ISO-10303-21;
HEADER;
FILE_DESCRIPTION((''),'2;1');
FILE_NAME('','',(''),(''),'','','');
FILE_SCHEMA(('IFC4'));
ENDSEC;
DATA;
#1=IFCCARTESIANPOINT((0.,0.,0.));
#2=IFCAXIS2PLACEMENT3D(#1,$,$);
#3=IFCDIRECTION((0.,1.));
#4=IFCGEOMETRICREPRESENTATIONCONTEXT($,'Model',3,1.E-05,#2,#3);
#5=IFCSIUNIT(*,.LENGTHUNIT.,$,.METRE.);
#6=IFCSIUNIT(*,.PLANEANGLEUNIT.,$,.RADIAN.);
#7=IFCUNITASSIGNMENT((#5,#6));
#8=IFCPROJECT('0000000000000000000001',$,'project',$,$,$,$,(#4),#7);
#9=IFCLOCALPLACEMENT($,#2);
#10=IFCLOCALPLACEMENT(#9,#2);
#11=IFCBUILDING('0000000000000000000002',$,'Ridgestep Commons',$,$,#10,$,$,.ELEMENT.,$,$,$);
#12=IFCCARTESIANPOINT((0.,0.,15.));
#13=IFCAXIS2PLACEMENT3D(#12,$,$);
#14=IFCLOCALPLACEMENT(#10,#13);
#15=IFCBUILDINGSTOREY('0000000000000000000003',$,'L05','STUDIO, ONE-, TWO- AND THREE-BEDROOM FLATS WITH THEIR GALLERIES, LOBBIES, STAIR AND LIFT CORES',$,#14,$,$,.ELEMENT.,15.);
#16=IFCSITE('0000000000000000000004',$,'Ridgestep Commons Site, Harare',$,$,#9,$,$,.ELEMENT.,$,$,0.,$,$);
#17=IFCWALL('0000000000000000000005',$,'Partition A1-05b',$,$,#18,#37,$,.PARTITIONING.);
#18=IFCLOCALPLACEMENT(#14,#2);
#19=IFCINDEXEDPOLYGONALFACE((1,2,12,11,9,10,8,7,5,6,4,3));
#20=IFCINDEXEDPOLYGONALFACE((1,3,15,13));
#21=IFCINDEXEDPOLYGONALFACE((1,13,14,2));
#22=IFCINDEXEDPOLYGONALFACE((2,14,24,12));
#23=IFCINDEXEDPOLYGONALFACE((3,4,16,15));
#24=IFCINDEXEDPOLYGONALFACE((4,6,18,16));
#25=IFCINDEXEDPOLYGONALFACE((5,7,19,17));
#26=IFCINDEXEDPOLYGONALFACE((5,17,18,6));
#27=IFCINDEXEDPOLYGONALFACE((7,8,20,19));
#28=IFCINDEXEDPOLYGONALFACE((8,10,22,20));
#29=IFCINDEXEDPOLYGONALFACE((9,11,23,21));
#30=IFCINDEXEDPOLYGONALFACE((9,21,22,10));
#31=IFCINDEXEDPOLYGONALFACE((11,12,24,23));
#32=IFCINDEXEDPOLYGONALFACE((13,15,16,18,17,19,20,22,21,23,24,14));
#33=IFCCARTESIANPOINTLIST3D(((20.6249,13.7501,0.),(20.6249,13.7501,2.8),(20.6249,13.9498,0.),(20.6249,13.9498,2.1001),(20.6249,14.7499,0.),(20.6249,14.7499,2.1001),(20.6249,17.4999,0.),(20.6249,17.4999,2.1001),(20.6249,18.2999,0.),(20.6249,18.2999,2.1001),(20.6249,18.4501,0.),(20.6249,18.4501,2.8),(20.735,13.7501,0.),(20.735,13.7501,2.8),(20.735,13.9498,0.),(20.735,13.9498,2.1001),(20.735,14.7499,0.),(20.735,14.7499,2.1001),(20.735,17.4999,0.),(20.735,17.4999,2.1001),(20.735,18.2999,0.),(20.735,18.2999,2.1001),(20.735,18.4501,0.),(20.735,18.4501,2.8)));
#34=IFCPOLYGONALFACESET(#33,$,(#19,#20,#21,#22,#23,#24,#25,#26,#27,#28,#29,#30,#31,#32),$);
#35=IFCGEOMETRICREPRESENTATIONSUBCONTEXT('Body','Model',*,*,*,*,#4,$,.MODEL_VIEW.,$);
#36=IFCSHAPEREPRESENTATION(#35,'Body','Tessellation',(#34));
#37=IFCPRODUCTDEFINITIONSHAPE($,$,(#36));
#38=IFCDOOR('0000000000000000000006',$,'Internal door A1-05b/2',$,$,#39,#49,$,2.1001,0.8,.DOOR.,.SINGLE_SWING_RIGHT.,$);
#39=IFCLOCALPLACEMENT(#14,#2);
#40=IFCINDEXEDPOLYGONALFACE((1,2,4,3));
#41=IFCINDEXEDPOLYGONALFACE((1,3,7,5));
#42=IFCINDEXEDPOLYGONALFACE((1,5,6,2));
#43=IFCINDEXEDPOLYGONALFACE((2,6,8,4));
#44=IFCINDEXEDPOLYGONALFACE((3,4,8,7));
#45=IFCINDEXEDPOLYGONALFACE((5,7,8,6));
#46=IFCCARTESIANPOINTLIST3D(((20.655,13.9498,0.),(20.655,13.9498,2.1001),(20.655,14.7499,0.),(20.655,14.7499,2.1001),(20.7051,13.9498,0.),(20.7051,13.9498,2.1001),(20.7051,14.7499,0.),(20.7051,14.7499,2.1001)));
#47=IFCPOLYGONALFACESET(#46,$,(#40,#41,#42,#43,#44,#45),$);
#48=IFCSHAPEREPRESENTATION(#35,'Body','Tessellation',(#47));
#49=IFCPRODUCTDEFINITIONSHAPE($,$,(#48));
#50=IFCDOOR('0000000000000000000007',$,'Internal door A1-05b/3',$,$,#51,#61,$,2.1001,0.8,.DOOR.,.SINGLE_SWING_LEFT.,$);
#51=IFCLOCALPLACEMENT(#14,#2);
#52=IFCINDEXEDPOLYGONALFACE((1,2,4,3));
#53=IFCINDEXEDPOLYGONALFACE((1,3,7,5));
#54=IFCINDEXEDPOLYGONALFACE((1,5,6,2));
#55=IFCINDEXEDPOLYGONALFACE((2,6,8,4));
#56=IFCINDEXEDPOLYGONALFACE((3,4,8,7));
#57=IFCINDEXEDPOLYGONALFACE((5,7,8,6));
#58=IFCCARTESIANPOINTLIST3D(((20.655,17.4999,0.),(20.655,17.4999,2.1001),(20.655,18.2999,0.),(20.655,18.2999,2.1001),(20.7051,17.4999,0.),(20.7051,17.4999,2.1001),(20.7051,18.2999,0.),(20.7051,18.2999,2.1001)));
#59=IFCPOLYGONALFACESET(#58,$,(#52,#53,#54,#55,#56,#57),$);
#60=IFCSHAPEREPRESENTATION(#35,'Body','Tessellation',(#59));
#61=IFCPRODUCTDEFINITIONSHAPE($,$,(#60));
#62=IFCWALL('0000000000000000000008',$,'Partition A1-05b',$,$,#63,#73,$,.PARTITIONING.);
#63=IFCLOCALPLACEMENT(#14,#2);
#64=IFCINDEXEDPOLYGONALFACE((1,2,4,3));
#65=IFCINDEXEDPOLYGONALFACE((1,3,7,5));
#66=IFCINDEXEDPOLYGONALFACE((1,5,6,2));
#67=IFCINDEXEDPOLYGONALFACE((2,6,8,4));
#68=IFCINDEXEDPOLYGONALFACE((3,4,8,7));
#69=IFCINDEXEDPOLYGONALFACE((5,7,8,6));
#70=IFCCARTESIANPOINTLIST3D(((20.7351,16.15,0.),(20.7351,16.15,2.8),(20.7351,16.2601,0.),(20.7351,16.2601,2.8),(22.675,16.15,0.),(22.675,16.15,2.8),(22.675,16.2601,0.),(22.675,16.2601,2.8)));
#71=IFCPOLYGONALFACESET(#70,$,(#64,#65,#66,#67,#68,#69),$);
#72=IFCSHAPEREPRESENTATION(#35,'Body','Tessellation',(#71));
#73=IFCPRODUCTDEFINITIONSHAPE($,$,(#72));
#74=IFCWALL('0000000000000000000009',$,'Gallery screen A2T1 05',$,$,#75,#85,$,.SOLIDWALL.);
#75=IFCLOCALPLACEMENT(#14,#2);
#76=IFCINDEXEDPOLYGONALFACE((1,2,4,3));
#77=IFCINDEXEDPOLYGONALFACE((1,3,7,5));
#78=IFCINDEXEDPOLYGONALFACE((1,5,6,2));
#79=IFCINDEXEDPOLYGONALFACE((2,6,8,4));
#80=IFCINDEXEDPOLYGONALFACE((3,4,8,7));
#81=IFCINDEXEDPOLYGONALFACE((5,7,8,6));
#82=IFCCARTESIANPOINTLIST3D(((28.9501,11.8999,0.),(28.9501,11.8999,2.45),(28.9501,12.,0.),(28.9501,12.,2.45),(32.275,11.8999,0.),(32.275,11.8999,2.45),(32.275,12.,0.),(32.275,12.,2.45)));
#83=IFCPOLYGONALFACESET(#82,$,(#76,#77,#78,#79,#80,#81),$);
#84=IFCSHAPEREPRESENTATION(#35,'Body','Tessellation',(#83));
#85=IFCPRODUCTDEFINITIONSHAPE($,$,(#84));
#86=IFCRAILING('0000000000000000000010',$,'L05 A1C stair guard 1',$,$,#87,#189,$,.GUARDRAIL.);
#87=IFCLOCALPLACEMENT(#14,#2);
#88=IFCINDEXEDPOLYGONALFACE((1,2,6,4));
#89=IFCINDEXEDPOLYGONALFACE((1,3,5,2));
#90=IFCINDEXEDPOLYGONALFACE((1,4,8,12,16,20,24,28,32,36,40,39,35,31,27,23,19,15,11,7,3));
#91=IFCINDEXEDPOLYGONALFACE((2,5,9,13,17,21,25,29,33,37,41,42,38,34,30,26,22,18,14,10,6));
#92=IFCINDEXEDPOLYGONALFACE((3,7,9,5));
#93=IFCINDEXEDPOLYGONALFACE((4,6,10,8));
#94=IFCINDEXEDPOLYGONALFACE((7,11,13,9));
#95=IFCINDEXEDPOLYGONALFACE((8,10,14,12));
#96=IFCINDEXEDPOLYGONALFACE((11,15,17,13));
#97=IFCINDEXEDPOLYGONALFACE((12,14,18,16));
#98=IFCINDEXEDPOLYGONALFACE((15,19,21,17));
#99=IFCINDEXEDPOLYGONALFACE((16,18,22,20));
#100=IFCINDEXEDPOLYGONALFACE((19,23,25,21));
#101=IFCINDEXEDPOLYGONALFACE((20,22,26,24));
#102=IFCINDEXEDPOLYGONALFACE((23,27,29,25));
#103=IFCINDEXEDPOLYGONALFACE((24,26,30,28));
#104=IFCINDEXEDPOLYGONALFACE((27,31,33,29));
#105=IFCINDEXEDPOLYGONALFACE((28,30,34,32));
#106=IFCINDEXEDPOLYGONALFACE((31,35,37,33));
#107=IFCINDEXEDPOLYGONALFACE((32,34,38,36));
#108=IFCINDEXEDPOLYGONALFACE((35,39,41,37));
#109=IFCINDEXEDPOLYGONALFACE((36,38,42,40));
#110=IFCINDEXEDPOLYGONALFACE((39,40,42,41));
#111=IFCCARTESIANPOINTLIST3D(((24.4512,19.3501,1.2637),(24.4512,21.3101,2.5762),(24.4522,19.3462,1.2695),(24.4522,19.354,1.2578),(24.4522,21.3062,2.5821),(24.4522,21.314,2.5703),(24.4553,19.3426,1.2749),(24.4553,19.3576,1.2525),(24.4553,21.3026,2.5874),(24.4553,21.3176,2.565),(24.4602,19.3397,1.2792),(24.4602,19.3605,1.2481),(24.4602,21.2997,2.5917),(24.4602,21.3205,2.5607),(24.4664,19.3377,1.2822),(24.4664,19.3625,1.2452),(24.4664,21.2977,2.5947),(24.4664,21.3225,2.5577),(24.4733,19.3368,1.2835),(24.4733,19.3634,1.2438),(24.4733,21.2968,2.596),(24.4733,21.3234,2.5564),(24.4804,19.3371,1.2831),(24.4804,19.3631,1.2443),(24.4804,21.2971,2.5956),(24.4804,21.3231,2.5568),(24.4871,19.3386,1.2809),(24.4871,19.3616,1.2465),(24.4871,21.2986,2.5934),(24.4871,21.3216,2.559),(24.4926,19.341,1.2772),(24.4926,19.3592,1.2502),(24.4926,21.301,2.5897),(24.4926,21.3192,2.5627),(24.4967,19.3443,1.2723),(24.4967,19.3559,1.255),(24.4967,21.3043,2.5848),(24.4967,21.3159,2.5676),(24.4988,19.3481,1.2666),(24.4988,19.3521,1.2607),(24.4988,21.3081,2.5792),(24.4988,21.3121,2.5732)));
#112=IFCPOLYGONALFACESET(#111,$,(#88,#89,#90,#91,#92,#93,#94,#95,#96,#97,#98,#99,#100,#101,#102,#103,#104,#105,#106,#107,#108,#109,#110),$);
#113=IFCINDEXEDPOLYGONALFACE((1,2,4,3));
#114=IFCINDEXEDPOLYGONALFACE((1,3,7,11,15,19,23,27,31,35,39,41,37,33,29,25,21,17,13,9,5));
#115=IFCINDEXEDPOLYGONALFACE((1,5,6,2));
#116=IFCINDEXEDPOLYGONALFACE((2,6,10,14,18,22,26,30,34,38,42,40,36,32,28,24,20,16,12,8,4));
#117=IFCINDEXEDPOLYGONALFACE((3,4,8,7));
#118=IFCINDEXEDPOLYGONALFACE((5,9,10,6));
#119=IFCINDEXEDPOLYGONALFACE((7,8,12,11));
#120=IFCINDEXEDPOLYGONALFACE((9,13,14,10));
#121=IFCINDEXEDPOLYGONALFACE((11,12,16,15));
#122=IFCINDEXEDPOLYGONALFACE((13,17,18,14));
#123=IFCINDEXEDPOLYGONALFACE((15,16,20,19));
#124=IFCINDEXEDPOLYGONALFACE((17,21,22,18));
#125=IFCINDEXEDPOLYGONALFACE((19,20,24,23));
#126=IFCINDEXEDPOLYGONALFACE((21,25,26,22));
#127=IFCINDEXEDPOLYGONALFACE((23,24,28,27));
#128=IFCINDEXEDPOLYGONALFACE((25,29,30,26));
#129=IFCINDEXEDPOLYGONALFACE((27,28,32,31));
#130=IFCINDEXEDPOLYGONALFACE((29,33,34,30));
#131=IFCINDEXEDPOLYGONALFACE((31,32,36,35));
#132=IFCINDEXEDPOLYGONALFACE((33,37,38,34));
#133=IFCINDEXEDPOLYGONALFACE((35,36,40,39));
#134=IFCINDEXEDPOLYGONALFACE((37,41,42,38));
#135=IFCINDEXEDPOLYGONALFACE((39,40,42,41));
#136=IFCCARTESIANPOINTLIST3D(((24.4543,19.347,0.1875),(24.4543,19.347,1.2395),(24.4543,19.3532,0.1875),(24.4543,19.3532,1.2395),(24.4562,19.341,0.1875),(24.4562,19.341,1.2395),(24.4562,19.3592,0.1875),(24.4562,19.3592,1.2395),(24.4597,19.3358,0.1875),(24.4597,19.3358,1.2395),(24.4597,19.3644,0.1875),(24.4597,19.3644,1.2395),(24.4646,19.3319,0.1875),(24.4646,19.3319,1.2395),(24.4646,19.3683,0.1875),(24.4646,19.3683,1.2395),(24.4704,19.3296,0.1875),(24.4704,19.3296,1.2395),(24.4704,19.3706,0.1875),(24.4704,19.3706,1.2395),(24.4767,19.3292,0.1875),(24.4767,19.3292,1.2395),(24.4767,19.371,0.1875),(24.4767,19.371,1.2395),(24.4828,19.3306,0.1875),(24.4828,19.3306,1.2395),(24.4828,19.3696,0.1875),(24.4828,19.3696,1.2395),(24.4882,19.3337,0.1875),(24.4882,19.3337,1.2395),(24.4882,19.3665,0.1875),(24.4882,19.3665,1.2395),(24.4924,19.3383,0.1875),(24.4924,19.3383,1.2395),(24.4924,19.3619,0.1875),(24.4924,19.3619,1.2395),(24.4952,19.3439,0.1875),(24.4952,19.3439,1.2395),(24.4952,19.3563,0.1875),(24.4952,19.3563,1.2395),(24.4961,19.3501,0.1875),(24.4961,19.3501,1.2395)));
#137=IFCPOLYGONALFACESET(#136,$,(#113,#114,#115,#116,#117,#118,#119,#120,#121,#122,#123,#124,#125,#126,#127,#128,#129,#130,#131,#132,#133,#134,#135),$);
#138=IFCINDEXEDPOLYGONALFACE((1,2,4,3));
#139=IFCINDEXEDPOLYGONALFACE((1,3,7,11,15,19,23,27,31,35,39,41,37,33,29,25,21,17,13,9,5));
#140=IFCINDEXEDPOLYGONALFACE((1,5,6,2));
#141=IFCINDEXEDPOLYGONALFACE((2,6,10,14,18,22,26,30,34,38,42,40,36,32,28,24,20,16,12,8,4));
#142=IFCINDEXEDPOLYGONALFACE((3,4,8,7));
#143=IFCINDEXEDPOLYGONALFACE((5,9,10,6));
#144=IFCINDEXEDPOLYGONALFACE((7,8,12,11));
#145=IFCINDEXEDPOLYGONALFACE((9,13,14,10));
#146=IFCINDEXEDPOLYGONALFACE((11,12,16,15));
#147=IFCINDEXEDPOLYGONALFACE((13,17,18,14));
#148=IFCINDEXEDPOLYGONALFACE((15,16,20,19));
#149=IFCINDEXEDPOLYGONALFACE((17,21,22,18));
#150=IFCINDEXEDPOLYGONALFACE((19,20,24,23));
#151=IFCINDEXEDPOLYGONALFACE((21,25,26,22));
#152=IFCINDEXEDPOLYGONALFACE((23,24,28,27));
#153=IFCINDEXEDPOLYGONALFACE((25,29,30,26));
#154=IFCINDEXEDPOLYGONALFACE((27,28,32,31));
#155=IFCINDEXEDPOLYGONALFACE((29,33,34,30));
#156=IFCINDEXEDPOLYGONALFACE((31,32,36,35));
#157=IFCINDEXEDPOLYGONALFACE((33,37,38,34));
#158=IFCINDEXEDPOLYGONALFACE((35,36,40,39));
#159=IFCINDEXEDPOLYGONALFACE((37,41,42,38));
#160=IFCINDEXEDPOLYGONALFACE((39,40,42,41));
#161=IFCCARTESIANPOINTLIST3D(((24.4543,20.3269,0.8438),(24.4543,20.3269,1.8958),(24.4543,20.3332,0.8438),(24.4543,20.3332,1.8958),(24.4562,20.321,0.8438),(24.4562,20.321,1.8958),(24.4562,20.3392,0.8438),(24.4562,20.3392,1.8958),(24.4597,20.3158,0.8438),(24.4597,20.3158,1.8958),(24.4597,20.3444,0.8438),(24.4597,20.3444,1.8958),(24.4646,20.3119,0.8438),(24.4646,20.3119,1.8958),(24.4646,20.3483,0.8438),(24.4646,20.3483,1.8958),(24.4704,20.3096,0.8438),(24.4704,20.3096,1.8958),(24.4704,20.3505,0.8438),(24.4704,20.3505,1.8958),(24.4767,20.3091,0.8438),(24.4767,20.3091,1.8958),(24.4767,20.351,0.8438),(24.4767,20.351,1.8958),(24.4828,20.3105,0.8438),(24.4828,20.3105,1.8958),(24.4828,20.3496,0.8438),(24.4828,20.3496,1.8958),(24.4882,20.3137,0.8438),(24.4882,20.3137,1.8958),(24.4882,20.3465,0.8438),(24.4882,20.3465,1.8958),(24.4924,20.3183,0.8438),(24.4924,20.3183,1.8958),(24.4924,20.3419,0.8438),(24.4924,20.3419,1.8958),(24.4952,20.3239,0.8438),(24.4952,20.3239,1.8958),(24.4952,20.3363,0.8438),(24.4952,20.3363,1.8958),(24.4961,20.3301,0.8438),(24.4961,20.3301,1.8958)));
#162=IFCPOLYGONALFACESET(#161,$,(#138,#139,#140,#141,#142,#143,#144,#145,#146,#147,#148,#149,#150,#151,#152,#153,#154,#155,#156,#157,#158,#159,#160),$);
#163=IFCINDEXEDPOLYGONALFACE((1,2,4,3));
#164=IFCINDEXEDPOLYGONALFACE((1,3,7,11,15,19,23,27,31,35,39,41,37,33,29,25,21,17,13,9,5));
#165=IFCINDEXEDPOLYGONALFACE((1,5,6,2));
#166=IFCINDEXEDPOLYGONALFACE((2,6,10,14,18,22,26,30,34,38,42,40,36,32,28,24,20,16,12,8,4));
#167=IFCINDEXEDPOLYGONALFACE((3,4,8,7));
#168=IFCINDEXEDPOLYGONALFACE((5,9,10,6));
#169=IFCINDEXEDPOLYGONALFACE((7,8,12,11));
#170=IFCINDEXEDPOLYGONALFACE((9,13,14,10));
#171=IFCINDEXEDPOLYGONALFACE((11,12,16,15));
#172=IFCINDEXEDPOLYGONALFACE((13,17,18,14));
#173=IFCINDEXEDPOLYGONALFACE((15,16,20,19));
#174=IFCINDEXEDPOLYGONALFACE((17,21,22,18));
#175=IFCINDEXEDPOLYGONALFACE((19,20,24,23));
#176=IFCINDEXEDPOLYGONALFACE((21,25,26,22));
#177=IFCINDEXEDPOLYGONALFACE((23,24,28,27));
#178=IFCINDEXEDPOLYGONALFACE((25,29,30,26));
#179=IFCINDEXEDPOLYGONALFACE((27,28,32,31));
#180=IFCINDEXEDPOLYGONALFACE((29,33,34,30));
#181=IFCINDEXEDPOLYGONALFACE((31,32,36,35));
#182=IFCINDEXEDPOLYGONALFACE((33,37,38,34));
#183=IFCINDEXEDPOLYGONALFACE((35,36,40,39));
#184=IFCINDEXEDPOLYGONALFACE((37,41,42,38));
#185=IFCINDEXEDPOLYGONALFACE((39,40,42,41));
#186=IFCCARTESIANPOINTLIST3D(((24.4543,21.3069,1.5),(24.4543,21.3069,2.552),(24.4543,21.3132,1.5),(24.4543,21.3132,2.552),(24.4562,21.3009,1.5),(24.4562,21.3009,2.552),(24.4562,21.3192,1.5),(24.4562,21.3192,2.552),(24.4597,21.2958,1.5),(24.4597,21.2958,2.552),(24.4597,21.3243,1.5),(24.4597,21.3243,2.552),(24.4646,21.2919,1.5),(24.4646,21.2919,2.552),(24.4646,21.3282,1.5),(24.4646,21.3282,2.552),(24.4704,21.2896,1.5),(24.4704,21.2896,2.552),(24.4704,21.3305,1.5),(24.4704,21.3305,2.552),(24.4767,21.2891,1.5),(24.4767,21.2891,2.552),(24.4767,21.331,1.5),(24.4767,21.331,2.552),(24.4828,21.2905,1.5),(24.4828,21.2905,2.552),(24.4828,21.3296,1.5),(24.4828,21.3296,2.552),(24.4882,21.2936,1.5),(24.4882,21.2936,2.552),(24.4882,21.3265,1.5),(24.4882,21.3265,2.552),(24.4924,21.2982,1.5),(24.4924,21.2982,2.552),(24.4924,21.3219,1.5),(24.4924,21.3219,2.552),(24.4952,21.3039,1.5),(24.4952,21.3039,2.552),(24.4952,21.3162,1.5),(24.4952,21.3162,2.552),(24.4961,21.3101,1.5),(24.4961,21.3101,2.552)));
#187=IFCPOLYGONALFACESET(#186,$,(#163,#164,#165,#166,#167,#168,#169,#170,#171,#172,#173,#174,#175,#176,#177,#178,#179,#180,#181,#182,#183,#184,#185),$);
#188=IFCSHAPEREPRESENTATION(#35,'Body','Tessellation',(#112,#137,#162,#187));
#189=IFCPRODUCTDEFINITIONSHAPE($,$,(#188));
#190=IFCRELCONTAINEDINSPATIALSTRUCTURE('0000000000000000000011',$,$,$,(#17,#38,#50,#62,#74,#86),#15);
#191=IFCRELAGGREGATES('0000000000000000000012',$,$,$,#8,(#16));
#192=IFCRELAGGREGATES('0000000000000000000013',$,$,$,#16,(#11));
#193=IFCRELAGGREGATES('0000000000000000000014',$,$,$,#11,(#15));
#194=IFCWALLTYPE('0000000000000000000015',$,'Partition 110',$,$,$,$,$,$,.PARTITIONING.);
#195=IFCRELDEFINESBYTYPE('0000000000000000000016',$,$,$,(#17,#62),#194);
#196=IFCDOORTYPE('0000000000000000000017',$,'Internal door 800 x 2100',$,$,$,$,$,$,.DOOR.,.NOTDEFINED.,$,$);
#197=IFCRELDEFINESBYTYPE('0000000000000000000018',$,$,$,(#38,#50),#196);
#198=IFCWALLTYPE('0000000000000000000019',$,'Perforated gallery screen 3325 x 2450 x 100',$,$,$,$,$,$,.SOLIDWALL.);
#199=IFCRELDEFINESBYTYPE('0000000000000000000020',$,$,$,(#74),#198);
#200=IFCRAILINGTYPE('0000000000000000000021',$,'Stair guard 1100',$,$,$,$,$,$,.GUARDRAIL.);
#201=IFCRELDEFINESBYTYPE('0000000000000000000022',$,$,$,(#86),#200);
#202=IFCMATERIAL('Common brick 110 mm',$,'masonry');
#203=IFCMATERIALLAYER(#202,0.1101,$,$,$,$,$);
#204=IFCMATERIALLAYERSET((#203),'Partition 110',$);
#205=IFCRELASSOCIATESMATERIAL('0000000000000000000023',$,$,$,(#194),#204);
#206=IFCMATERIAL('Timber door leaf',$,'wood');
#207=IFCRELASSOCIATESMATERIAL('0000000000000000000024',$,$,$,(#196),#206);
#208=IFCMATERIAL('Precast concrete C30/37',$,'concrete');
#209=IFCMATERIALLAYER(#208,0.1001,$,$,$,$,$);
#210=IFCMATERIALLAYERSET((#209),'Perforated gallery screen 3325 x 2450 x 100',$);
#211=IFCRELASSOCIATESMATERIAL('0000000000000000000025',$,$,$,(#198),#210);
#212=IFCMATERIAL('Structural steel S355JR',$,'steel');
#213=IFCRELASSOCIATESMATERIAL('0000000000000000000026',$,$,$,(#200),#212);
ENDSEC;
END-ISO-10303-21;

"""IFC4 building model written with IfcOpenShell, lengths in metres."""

from ifc_helpers import new_model, si_unit, direction, frame, frame_2d, origin, origin_2d, place, context, subcontext, project, spatial, rectangle, circle, extrude, material, layer, layer_set, type_object, element, fill, save


model = new_model("IFC4")

# Units and contexts
model_context = context("Model", 3, precision=1e-05, world=origin(), true_north=direction((0.0, 1.0)))
body_context = subcontext(model_context, "Body", "Model", "MODEL_VIEW")
ifc_project = project(units=[si_unit("LENGTHUNIT", "METRE"), si_unit("PLANEANGLEUNIT", "RADIAN")], contexts=[model_context])

# Site, building, storey
site_placement = place(None, origin())
site = spatial("IfcSite", under=ifc_project, at=site_placement, Name="Ridgestep Commons Site, Harare", CompositionType="ELEMENT", RefElevation=0.0)
building_placement = place(site_placement, origin())
building = spatial("IfcBuilding", under=site, at=building_placement, Name="Ridgestep Commons", CompositionType="ELEMENT")
storey_placement = place(building_placement, frame((0.0, 0.0, 15.0)))
storey = spatial("IfcBuildingStorey", under=building, at=storey_placement, Name="L05", Description="STUDIO, ONE-, TWO- AND THREE-BEDROOM FLATS WITH THEIR GALLERIES, LOBBIES, STAIR AND LIFT CORES", CompositionType="ELEMENT", Elevation=15.0)

# Wall, openings, doors
ifc_material_1 = material(Name="Common brick 110 mm", Category="masonry")
ifc_layer_1 = layer(ifc_material_1, 0.1101)
ifc_layer_set_1 = layer_set([ifc_layer_1], Name="Partition 110")
wall_type_1 = type_object("IfcWallType", Name="Partition 110", PredefinedType="PARTITIONING", material=ifc_layer_set_1)
wall_1_placement = place(storey_placement, frame((20.6799, 13.75, 0.0), z_axis=(0.0, 0.0, 1.0), x_axis=(0.0, 1.0, 0.0)))
wall_1 = element("IfcWall", 1, at=wall_1_placement, inside=storey, type_object=wall_type_1, Name="Partition A1-05b", PredefinedType="PARTITIONING", context=body_context, shape_type="SweptSolid", body=[
    extrude(rectangle(XDim=4.7, YDim=0.1101, at=frame_2d((2.3501, 0.0))), origin(), (0.0, 0.0, 1.0), 2.8),
])
opening_1_placement = place(wall_1_placement, frame((0.2, 0.0, 0.0)))
opening_1 = element("IfcOpeningElement", 2, at=opening_1_placement, cuts=wall_1, PredefinedType="OPENING", context=body_context, shape_type="SweptSolid", body=[
    extrude(rectangle(XDim=0.8, YDim=2.1001, at=frame_2d((0.3999, 1.05))), frame((0.0, 0.0649, 0.0), z_axis=(0.0, -1.0, 0.0), x_axis=(1.0, 0.0, 0.0)), (0.0, 0.0, 1.0), 0.1301),
])
opening_2_placement = place(wall_1_placement, frame((3.75, 0.0, 0.0)))
opening_2 = element("IfcOpeningElement", 3, at=opening_2_placement, cuts=wall_1, PredefinedType="OPENING", context=body_context, shape_type="SweptSolid", body=[
    extrude(rectangle(XDim=0.8, YDim=2.1001, at=frame_2d((0.3999, 1.05))), frame((0.0, 0.0649, 0.0), z_axis=(0.0, -1.0, 0.0), x_axis=(1.0, 0.0, 0.0)), (0.0, 0.0, 1.0), 0.1301),
])
ifc_material_2 = material(Name="Timber door leaf", Category="wood")
door_type_1 = type_object("IfcDoorType", Name="Internal door 800 x 2100", OperationType="NOTDEFINED", PredefinedType="DOOR", material=ifc_material_2)
door_1_placement = place(opening_1_placement, origin())
door_1 = element("IfcDoor", 4, at=door_1_placement, inside=storey, type_object=door_type_1, Name="Internal door A1-05b/2", OperationType="SINGLE_SWING_RIGHT", OverallHeight=2.1001, OverallWidth=0.8, PredefinedType="DOOR", context=body_context, shape_type="SweptSolid", body=[
    extrude(rectangle(XDim=0.8, YDim=2.1001, at=frame_2d((0.3999, 1.05))), frame((0.0, 0.0249, 0.0), z_axis=(0.0, -1.0, 0.0), x_axis=(1.0, 0.0, 0.0)), (0.0, 0.0, 1.0), 0.05),
])
fill(opening_1, door_1)
door_2_placement = place(opening_2_placement, origin())
door_2 = element("IfcDoor", 5, at=door_2_placement, inside=storey, type_object=door_type_1, Name="Internal door A1-05b/3", OperationType="SINGLE_SWING_LEFT", OverallHeight=2.1001, OverallWidth=0.8, PredefinedType="DOOR", context=body_context, shape_type="SweptSolid", body=[
    extrude(rectangle(XDim=0.8, YDim=2.1001, at=frame_2d((0.3999, 1.05))), frame((0.0, 0.0249, 0.0), z_axis=(0.0, -1.0, 0.0), x_axis=(1.0, 0.0, 0.0)), (0.0, 0.0, 1.0), 0.05),
])
fill(opening_2, door_2)

# Walls
wall_2_placement = place(storey_placement, frame((20.7351, 16.2051, 0.0), z_axis=(0.0, 0.0, 1.0), x_axis=(1.0, 0.0, 0.0)))
element("IfcWall", 6, at=wall_2_placement, inside=storey, type_object=wall_type_1, Name="Partition A1-05b", PredefinedType="PARTITIONING", context=body_context, shape_type="SweptSolid", body=[
    extrude(rectangle(XDim=1.9399, YDim=0.1101, at=frame_2d((0.97, 0.0))), origin(), (0.0, 0.0, 1.0), 2.8),
])
ifc_material_3 = material(Name="Precast concrete C30/37", Category="concrete")
ifc_layer_2 = layer(ifc_material_3, 0.1001)
ifc_layer_set_2 = layer_set([ifc_layer_2], Name="Perforated gallery screen 3325 x 2450 x 100")
wall_type_2 = type_object("IfcWallType", Name="Perforated gallery screen 3325 x 2450 x 100", PredefinedType="SOLIDWALL", material=ifc_layer_set_2)
wall_3_placement = place(storey_placement, frame((28.95, 11.95, 0.0), z_axis=(0.0, 0.0, 1.0), x_axis=(1.0, 0.0, 0.0)))
element("IfcWall", 7, at=wall_3_placement, inside=storey, type_object=wall_type_2, Name="Gallery screen A2T1 05", PredefinedType="SOLIDWALL", context=body_context, shape_type="SweptSolid", body=[
    extrude(rectangle(XDim=3.325, YDim=0.1001, at=frame_2d((1.6626, 0.0))), origin(), (0.0, 0.0, 1.0), 2.45),
])

# Railing
ifc_material_4 = material(Name="Structural steel S355JR", Category="steel")
railing_type = type_object("IfcRailingType", Name="Stair guard 1100", PredefinedType="GUARDRAIL", material=ifc_material_4)
railing_1_placement = place(storey_placement, frame((24.4751, 19.3501, 0.1875)))
element("IfcRailing", 8, at=railing_1_placement, inside=storey, type_object=railing_type, Name="L05 A1C stair guard 1", PredefinedType="GUARDRAIL", context=body_context, shape_type="SweptSolid", body=[
    extrude(circle(Radius=0.0239, at=origin_2d()), frame((0.0, 0.0, 1.0762), z_axis=(0.0, 0.830902, 0.556419), x_axis=(-1.0, 0.0, 0.0)), (0.0, 0.0, 1.0), 2.3589),
    extrude(circle(Radius=0.021, at=origin_2d()), origin(), (0.0, 0.0, 1.0), 1.052),
    extrude(circle(Radius=0.021, at=origin_2d()), frame((0.0, 0.98, 0.6562)), (0.0, 0.0, 1.0), 1.052),
    extrude(circle(Radius=0.021, at=origin_2d()), frame((0.0, 1.96, 1.3125)), (0.0, 0.0, 1.0), 1.052),
])

save(model, "model.ifc")
